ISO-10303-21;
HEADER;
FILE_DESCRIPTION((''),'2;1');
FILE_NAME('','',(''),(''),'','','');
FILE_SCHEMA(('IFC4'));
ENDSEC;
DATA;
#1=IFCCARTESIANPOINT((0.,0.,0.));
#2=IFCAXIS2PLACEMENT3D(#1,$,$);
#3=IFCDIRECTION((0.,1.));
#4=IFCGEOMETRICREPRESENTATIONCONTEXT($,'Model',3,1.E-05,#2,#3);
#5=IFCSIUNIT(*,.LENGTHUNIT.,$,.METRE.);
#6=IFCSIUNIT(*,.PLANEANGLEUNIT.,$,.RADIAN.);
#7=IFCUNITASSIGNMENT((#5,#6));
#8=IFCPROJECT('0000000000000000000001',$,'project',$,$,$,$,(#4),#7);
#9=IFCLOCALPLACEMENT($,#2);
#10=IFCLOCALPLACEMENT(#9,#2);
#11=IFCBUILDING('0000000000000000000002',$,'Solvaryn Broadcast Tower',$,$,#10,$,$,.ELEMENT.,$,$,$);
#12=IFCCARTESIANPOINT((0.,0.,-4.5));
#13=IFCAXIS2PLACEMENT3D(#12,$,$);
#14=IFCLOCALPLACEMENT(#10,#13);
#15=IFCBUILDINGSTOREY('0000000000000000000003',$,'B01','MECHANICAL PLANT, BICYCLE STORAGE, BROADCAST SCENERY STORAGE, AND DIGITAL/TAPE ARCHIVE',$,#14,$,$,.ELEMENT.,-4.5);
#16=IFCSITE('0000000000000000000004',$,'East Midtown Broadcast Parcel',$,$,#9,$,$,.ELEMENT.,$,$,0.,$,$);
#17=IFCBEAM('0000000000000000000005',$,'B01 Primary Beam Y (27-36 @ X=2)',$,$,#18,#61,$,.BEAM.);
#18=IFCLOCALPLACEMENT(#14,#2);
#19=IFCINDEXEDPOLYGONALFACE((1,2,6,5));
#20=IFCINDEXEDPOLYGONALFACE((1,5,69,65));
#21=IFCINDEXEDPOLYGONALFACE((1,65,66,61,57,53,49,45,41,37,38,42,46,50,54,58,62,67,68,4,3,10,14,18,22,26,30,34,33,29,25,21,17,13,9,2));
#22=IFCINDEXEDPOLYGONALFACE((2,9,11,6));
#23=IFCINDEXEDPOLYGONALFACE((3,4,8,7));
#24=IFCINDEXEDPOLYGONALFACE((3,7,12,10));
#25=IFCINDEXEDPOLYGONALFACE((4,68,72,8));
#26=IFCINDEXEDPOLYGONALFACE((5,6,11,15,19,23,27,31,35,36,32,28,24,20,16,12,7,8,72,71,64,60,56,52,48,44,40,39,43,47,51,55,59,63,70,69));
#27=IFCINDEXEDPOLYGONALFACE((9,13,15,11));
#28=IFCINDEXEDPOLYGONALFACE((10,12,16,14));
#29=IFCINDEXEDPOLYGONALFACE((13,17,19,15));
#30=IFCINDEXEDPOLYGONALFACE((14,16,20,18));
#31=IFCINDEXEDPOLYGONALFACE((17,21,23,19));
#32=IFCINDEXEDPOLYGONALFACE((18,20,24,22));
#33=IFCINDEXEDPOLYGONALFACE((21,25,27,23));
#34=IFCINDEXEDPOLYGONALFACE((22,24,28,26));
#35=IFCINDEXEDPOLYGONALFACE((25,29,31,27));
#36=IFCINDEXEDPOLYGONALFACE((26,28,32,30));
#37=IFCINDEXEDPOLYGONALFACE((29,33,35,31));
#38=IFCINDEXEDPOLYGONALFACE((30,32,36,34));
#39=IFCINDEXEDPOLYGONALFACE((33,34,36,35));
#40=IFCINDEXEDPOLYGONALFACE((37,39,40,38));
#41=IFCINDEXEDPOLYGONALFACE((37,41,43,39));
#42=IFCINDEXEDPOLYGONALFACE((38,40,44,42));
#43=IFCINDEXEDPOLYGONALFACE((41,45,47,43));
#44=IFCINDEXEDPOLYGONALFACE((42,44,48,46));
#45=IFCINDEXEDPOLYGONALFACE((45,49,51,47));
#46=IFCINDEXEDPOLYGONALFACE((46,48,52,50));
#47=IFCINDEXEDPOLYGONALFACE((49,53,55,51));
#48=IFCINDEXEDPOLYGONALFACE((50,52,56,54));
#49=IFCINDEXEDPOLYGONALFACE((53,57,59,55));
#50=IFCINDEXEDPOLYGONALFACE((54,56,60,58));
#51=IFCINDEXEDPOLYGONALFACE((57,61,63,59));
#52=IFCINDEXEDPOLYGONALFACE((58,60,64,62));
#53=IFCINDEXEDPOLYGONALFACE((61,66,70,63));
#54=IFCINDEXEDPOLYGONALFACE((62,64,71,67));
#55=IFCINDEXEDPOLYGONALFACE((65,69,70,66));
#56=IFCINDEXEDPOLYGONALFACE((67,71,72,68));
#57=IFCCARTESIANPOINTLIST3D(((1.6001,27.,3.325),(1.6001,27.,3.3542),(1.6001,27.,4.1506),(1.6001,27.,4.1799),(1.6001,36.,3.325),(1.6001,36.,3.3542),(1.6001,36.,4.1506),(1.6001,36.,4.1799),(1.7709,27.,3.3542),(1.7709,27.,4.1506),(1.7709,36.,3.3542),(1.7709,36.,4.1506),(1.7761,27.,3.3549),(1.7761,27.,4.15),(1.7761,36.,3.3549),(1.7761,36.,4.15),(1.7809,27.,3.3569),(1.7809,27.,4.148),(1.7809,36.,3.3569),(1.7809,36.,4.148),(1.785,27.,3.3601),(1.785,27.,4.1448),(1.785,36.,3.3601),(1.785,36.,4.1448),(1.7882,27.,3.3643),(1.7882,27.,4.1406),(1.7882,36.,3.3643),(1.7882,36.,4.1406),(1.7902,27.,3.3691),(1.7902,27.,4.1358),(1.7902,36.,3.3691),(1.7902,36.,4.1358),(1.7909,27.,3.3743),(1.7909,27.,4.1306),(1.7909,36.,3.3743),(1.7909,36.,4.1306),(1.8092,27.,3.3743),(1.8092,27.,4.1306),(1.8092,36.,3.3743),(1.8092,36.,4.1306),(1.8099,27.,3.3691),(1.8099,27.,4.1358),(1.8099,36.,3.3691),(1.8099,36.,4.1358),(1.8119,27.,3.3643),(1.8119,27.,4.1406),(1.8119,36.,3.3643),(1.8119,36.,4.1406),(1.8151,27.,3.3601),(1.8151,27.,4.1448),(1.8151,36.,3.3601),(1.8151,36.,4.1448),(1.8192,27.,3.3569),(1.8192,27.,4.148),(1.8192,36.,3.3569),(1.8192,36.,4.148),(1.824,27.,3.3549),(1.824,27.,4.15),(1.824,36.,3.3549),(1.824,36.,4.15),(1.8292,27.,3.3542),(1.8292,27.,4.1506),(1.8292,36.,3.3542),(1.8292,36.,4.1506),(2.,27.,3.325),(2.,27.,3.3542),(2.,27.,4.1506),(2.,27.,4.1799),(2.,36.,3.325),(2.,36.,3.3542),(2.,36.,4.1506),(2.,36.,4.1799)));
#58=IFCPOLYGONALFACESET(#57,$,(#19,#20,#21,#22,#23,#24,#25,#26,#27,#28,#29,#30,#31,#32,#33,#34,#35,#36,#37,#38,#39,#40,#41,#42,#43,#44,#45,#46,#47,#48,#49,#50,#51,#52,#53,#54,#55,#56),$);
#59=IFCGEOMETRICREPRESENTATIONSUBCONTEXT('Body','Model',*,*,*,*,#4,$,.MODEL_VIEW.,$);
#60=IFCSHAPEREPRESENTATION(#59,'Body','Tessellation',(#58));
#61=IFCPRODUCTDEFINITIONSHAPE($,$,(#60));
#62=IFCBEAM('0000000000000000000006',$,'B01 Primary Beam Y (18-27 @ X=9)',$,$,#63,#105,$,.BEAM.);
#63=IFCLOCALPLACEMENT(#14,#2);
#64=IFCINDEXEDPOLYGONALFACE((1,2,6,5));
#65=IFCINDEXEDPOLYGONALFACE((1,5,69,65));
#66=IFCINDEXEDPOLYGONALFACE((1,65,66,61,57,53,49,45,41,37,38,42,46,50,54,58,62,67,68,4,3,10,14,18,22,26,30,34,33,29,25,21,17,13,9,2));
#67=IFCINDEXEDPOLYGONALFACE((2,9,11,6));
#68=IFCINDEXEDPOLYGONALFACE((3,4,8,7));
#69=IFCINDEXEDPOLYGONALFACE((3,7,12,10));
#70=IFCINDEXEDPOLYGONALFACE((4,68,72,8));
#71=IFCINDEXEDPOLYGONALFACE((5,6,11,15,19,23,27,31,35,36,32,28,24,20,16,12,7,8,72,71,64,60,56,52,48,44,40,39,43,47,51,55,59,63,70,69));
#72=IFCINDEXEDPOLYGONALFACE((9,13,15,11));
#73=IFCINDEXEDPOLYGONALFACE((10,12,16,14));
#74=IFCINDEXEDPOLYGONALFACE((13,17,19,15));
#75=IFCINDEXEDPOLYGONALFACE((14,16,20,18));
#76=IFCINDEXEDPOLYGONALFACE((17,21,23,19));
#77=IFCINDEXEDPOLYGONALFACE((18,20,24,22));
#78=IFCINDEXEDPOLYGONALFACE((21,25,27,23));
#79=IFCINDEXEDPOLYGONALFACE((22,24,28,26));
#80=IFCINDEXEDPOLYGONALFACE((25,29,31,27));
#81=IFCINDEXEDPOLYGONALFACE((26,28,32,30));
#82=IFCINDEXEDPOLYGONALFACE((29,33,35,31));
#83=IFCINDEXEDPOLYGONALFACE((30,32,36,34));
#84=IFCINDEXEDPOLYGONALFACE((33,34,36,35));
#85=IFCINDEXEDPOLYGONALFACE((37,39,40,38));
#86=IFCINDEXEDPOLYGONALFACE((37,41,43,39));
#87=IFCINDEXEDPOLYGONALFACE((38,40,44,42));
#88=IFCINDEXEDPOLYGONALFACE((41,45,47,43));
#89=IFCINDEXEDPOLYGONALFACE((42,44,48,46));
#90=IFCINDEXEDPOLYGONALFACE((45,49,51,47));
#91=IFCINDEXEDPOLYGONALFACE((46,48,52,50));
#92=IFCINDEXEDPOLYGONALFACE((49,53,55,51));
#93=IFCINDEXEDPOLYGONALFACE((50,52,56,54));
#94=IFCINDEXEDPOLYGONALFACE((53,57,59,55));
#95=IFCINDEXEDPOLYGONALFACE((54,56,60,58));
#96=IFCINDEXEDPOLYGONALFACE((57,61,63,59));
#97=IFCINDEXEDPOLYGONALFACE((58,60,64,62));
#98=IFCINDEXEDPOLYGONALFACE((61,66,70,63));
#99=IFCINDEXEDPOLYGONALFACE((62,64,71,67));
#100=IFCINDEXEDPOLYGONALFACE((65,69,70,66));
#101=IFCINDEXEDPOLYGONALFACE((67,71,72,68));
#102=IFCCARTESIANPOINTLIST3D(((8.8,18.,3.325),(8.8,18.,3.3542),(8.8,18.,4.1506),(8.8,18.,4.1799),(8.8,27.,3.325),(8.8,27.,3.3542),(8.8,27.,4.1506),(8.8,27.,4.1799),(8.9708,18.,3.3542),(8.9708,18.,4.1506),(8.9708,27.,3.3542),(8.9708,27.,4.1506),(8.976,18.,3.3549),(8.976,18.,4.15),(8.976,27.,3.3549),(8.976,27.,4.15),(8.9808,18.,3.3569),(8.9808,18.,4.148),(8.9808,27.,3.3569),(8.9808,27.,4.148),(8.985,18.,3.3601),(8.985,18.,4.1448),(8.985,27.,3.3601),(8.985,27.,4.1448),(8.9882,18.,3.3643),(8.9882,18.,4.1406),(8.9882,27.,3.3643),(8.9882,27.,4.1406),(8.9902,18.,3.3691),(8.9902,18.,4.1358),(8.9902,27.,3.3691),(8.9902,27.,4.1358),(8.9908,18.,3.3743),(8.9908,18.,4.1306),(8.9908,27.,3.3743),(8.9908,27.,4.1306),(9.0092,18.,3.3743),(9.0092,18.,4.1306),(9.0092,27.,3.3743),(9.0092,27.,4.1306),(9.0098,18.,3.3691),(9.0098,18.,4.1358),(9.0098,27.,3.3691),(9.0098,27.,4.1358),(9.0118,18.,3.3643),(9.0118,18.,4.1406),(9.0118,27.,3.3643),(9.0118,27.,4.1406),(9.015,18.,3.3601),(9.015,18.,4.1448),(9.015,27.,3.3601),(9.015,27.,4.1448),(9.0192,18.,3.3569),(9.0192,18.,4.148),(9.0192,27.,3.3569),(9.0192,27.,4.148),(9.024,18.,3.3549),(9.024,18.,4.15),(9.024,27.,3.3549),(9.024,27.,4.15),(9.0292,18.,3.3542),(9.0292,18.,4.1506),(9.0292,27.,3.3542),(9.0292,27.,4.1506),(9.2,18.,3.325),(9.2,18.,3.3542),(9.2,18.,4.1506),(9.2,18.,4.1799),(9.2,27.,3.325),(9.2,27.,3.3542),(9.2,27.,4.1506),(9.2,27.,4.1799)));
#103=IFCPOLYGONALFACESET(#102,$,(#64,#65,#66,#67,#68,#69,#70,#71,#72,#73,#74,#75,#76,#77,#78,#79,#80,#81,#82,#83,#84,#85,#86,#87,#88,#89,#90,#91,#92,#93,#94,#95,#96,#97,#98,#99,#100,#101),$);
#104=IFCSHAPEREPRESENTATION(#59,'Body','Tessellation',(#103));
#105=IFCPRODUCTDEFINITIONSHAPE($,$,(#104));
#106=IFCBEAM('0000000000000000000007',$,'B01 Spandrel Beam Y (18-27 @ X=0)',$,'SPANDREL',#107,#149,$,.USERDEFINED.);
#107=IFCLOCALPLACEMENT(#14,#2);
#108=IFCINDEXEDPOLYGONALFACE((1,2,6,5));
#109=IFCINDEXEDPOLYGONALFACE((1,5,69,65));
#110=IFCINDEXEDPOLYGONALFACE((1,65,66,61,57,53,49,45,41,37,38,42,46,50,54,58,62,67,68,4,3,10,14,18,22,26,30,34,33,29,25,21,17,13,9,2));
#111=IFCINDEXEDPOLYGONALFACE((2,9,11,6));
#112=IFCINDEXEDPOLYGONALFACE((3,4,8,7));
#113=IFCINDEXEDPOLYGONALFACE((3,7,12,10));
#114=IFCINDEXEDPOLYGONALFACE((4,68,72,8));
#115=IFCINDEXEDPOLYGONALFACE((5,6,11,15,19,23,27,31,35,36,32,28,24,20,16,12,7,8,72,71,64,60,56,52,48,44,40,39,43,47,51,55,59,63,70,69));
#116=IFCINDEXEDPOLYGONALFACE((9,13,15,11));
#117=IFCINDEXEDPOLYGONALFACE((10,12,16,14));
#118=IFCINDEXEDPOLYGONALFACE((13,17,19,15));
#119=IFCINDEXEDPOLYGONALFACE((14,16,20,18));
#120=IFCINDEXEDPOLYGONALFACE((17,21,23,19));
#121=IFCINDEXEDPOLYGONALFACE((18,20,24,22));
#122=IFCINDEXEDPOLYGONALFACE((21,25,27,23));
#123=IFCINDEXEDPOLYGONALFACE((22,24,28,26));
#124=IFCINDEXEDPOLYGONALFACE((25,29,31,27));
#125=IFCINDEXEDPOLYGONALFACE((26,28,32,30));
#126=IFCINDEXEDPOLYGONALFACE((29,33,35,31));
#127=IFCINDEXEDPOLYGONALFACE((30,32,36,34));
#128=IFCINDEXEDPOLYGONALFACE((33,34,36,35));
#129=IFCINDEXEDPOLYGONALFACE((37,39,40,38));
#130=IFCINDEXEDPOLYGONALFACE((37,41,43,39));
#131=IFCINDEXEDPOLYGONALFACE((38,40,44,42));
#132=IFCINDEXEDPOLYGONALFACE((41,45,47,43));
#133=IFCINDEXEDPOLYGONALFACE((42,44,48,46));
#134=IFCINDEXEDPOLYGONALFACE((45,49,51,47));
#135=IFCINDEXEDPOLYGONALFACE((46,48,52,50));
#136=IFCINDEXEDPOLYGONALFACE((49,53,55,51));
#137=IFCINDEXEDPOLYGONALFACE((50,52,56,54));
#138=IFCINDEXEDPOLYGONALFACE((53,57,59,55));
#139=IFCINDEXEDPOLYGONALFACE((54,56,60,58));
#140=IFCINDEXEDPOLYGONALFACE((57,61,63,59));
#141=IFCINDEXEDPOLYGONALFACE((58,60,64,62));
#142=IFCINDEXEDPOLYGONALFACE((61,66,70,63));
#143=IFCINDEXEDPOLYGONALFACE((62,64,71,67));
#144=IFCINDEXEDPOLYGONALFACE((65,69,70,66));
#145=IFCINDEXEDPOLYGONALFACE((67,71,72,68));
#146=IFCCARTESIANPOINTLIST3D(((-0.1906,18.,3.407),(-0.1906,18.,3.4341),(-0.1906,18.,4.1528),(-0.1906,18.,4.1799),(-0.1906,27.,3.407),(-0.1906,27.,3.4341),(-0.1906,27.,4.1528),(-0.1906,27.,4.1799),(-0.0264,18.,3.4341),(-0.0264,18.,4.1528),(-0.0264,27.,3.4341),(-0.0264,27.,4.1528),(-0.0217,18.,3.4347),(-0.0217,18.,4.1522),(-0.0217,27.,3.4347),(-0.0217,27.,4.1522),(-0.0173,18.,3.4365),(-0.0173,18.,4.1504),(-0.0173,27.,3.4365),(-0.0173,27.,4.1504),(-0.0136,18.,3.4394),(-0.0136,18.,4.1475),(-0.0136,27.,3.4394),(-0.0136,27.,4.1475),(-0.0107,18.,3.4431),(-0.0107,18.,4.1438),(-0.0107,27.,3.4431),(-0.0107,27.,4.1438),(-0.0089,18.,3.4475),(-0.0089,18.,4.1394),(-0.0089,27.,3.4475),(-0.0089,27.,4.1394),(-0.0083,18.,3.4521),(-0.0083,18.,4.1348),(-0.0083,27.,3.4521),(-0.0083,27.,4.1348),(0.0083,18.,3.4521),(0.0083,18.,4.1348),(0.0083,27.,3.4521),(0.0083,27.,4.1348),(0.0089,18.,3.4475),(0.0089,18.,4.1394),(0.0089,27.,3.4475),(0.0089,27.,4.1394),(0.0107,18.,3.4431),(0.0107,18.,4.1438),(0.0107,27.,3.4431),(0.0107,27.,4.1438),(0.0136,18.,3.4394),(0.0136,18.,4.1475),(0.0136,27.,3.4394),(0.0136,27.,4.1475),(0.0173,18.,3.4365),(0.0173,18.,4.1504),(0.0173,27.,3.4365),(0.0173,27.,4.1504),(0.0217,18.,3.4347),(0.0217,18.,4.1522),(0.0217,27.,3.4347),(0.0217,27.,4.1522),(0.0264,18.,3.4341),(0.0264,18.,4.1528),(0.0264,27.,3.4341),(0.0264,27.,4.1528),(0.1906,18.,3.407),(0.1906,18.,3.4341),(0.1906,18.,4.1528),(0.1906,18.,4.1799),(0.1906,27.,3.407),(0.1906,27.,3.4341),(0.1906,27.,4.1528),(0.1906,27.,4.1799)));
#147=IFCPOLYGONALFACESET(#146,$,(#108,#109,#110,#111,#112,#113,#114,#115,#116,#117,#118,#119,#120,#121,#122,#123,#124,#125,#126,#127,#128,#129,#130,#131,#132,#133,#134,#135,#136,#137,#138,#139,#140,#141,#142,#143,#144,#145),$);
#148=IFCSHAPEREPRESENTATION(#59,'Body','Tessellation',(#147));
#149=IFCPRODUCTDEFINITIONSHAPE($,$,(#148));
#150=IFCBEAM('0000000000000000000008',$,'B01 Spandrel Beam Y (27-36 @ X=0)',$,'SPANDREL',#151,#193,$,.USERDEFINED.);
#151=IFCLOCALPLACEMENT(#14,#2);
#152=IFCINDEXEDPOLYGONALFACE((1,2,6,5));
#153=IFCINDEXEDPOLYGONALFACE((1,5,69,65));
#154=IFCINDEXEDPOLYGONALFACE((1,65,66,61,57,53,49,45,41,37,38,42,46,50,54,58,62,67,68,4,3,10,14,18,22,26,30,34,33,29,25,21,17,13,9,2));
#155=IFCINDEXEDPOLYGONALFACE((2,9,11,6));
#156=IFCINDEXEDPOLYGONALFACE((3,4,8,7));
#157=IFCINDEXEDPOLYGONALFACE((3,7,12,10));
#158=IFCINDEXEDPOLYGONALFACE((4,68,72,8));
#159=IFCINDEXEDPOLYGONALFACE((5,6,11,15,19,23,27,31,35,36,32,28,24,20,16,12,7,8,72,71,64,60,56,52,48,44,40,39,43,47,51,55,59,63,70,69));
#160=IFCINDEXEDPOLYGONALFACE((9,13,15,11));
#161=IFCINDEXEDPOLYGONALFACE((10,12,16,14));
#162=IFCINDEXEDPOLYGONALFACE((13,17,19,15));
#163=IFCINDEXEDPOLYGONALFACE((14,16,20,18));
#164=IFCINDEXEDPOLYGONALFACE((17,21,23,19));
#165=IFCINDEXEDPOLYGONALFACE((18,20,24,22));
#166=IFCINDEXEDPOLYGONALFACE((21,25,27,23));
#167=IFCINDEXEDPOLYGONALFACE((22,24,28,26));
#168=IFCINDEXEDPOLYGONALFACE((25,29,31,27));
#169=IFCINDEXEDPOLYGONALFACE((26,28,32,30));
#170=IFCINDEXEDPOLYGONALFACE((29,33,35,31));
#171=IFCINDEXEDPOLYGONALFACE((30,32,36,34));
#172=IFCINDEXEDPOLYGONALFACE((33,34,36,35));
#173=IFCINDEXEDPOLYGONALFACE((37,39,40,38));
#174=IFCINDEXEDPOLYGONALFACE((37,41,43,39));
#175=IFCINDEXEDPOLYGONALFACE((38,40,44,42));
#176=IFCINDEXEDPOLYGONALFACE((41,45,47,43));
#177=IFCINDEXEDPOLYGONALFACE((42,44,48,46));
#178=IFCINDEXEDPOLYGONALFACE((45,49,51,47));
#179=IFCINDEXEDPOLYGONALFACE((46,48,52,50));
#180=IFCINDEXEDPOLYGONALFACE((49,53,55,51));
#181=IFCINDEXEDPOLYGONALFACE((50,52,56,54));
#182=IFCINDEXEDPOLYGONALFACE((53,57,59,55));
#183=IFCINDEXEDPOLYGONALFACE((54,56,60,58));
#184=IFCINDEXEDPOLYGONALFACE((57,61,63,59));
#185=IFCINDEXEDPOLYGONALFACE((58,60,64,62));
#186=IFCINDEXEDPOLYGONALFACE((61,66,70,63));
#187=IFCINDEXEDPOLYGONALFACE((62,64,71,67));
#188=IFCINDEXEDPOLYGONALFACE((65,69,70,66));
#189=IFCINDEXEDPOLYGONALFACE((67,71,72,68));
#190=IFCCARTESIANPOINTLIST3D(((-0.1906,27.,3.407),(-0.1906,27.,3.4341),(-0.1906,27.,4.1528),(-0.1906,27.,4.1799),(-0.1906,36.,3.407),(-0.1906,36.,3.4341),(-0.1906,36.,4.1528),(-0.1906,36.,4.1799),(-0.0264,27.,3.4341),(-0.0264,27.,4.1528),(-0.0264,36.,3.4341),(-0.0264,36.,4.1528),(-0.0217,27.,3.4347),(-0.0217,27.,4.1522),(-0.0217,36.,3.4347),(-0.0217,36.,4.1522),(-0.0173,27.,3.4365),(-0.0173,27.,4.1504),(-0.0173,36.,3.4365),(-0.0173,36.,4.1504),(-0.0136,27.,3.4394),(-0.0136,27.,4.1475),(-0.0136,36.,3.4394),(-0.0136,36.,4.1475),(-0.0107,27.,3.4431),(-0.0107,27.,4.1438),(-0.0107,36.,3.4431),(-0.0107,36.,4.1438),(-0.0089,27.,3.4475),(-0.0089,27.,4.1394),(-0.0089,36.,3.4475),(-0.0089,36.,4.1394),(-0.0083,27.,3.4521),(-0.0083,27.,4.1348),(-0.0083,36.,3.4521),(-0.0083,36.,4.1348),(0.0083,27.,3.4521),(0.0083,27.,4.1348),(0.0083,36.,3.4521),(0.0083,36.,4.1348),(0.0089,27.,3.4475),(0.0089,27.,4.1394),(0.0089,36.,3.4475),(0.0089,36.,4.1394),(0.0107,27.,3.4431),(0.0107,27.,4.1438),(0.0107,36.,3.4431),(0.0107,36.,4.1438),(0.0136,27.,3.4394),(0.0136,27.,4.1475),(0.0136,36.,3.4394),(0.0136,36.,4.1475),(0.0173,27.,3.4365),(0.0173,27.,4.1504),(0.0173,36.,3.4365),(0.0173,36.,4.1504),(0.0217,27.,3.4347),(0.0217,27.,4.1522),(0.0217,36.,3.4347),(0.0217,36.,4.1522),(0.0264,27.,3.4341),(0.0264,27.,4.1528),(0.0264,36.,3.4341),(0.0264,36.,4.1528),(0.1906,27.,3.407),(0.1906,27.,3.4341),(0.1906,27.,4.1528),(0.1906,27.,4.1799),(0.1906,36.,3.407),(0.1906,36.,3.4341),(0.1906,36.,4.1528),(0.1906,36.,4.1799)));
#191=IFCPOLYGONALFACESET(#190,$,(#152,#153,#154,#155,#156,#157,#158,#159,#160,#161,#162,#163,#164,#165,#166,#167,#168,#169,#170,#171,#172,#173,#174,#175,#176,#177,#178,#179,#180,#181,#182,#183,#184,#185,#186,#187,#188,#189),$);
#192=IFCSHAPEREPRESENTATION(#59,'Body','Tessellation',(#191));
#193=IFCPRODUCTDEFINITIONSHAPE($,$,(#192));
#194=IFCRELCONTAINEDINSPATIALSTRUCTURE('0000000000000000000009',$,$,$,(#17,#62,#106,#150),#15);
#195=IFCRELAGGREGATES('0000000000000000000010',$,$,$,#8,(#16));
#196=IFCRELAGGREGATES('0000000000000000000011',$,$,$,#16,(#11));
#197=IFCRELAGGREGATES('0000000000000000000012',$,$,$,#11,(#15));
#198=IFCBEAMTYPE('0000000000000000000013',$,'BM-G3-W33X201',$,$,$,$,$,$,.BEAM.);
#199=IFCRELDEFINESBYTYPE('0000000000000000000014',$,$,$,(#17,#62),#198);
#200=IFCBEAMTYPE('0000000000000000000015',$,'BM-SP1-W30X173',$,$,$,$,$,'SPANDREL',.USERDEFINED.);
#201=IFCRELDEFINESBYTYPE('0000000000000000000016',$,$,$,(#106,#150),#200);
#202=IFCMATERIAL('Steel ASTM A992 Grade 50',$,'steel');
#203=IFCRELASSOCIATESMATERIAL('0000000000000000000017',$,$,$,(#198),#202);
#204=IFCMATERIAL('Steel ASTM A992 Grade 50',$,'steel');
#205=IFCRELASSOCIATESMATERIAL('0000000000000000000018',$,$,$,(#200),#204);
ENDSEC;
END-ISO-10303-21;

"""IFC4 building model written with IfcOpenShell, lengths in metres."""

from ifc_helpers import new_model, si_unit, direction, frame, origin, origin_2d, place, context, subcontext, project, spatial, i_section, extrude, material, material_profile, profile_set, type_object, element, save


model = new_model("IFC4")

# Units and contexts
model_context = context("Model", 3, precision=1e-05, world=origin(), true_north=direction((0.0, 1.0)))
body_context = subcontext(model_context, "Body", "Model", "MODEL_VIEW")
ifc_project = project(units=[si_unit("LENGTHUNIT", "METRE"), si_unit("PLANEANGLEUNIT", "RADIAN")], contexts=[model_context])

# Site, building, storey
site_placement = place(None, origin())
site = spatial("IfcSite", under=ifc_project, at=site_placement, Name="East Midtown Broadcast Parcel", CompositionType="ELEMENT", RefElevation=0.0)
building_placement = place(site_placement, origin())
building = spatial("IfcBuilding", under=site, at=building_placement, Name="Solvaryn Broadcast Tower", CompositionType="ELEMENT")
storey_placement = place(building_placement, frame((0.0, 0.0, -4.5)))
storey = spatial("IfcBuildingStorey", under=building, at=storey_placement, Name="B01", Description="MECHANICAL PLANT, BICYCLE STORAGE, BROADCAST SCENERY STORAGE, AND DIGITAL/TAPE ARCHIVE", CompositionType="ELEMENT", Elevation=-4.5)

# Beams
ifc_material_1 = material(Name="Steel ASTM A992 Grade 50", Category="steel")
ifc_material_profile_1 = material_profile(ifc_material_1, i_section(OverallWidth=0.3999, OverallDepth=0.855, WebThickness=0.0183, FlangeThickness=0.0293, FilletRadius=0.02, at=origin_2d()))
ifc_profile_set_1 = profile_set([ifc_material_profile_1], Name="Steel ASTM A992 Grade 50")
beam_type_1 = type_object("IfcBeamType", Name="BM-G3-W33X201", PredefinedType="BEAM", material=ifc_profile_set_1)
for number, where, z_axis, x_axis, name in (
    (1, (1.8, 27.0, 3.7524), (0.0, 1.0, 0.0), (-1.0, 0.0, 0.0), "B01 Primary Beam Y (27-36 @ X=2)"),
    (2, (9.0, 18.0, 3.7524), (0.0, 1.0, 0.0), (-1.0, 0.0, 0.0), "B01 Primary Beam Y (18-27 @ X=9)"),
):
    element("IfcBeam", number, at=place(storey_placement, frame(where, z_axis=z_axis, x_axis=x_axis)), inside=storey, type_object=beam_type_1, Name=name, PredefinedType="BEAM", context=body_context, shape_type="SweptSolid", body=[
        extrude(i_section(OverallWidth=0.3999, OverallDepth=0.855, WebThickness=0.0183, FlangeThickness=0.0293, FilletRadius=0.02, at=origin_2d()), origin(), (0.0, 0.0, 1.0), 9.0),
    ])
ifc_material_2 = material(Name="Steel ASTM A992 Grade 50", Category="steel")
ifc_material_profile_2 = material_profile(ifc_material_2, i_section(OverallWidth=0.3811, OverallDepth=0.7729, WebThickness=0.0166, FlangeThickness=0.0271, FilletRadius=0.0181, at=origin_2d()))
ifc_profile_set_2 = profile_set([ifc_material_profile_2], Name="Steel ASTM A992 Grade 50")
beam_type_2 = type_object("IfcBeamType", Name="BM-SP1-W30X173", ElementType="SPANDREL", PredefinedType="USERDEFINED", material=ifc_profile_set_2)
for number, where, z_axis, x_axis, name in (
    (3, (0.0, 18.0, 3.7935), (0.0, 1.0, 0.0), (-1.0, 0.0, 0.0), "B01 Spandrel Beam Y (18-27 @ X=0)"),
    (4, (0.0, 27.0, 3.7935), (0.0, 1.0, 0.0), (-1.0, 0.0, 0.0), "B01 Spandrel Beam Y (27-36 @ X=0)"),
):
    element("IfcBeam", number, at=place(storey_placement, frame(where, z_axis=z_axis, x_axis=x_axis)), inside=storey, type_object=beam_type_2, Name=name, ObjectType="SPANDREL", PredefinedType="USERDEFINED", context=body_context, shape_type="SweptSolid", body=[
        extrude(i_section(OverallWidth=0.3811, OverallDepth=0.7729, WebThickness=0.0166, FlangeThickness=0.0271, FilletRadius=0.0181, at=origin_2d()), origin(), (0.0, 0.0, 1.0), 9.0),
    ])

save(model, "model.ifc")
